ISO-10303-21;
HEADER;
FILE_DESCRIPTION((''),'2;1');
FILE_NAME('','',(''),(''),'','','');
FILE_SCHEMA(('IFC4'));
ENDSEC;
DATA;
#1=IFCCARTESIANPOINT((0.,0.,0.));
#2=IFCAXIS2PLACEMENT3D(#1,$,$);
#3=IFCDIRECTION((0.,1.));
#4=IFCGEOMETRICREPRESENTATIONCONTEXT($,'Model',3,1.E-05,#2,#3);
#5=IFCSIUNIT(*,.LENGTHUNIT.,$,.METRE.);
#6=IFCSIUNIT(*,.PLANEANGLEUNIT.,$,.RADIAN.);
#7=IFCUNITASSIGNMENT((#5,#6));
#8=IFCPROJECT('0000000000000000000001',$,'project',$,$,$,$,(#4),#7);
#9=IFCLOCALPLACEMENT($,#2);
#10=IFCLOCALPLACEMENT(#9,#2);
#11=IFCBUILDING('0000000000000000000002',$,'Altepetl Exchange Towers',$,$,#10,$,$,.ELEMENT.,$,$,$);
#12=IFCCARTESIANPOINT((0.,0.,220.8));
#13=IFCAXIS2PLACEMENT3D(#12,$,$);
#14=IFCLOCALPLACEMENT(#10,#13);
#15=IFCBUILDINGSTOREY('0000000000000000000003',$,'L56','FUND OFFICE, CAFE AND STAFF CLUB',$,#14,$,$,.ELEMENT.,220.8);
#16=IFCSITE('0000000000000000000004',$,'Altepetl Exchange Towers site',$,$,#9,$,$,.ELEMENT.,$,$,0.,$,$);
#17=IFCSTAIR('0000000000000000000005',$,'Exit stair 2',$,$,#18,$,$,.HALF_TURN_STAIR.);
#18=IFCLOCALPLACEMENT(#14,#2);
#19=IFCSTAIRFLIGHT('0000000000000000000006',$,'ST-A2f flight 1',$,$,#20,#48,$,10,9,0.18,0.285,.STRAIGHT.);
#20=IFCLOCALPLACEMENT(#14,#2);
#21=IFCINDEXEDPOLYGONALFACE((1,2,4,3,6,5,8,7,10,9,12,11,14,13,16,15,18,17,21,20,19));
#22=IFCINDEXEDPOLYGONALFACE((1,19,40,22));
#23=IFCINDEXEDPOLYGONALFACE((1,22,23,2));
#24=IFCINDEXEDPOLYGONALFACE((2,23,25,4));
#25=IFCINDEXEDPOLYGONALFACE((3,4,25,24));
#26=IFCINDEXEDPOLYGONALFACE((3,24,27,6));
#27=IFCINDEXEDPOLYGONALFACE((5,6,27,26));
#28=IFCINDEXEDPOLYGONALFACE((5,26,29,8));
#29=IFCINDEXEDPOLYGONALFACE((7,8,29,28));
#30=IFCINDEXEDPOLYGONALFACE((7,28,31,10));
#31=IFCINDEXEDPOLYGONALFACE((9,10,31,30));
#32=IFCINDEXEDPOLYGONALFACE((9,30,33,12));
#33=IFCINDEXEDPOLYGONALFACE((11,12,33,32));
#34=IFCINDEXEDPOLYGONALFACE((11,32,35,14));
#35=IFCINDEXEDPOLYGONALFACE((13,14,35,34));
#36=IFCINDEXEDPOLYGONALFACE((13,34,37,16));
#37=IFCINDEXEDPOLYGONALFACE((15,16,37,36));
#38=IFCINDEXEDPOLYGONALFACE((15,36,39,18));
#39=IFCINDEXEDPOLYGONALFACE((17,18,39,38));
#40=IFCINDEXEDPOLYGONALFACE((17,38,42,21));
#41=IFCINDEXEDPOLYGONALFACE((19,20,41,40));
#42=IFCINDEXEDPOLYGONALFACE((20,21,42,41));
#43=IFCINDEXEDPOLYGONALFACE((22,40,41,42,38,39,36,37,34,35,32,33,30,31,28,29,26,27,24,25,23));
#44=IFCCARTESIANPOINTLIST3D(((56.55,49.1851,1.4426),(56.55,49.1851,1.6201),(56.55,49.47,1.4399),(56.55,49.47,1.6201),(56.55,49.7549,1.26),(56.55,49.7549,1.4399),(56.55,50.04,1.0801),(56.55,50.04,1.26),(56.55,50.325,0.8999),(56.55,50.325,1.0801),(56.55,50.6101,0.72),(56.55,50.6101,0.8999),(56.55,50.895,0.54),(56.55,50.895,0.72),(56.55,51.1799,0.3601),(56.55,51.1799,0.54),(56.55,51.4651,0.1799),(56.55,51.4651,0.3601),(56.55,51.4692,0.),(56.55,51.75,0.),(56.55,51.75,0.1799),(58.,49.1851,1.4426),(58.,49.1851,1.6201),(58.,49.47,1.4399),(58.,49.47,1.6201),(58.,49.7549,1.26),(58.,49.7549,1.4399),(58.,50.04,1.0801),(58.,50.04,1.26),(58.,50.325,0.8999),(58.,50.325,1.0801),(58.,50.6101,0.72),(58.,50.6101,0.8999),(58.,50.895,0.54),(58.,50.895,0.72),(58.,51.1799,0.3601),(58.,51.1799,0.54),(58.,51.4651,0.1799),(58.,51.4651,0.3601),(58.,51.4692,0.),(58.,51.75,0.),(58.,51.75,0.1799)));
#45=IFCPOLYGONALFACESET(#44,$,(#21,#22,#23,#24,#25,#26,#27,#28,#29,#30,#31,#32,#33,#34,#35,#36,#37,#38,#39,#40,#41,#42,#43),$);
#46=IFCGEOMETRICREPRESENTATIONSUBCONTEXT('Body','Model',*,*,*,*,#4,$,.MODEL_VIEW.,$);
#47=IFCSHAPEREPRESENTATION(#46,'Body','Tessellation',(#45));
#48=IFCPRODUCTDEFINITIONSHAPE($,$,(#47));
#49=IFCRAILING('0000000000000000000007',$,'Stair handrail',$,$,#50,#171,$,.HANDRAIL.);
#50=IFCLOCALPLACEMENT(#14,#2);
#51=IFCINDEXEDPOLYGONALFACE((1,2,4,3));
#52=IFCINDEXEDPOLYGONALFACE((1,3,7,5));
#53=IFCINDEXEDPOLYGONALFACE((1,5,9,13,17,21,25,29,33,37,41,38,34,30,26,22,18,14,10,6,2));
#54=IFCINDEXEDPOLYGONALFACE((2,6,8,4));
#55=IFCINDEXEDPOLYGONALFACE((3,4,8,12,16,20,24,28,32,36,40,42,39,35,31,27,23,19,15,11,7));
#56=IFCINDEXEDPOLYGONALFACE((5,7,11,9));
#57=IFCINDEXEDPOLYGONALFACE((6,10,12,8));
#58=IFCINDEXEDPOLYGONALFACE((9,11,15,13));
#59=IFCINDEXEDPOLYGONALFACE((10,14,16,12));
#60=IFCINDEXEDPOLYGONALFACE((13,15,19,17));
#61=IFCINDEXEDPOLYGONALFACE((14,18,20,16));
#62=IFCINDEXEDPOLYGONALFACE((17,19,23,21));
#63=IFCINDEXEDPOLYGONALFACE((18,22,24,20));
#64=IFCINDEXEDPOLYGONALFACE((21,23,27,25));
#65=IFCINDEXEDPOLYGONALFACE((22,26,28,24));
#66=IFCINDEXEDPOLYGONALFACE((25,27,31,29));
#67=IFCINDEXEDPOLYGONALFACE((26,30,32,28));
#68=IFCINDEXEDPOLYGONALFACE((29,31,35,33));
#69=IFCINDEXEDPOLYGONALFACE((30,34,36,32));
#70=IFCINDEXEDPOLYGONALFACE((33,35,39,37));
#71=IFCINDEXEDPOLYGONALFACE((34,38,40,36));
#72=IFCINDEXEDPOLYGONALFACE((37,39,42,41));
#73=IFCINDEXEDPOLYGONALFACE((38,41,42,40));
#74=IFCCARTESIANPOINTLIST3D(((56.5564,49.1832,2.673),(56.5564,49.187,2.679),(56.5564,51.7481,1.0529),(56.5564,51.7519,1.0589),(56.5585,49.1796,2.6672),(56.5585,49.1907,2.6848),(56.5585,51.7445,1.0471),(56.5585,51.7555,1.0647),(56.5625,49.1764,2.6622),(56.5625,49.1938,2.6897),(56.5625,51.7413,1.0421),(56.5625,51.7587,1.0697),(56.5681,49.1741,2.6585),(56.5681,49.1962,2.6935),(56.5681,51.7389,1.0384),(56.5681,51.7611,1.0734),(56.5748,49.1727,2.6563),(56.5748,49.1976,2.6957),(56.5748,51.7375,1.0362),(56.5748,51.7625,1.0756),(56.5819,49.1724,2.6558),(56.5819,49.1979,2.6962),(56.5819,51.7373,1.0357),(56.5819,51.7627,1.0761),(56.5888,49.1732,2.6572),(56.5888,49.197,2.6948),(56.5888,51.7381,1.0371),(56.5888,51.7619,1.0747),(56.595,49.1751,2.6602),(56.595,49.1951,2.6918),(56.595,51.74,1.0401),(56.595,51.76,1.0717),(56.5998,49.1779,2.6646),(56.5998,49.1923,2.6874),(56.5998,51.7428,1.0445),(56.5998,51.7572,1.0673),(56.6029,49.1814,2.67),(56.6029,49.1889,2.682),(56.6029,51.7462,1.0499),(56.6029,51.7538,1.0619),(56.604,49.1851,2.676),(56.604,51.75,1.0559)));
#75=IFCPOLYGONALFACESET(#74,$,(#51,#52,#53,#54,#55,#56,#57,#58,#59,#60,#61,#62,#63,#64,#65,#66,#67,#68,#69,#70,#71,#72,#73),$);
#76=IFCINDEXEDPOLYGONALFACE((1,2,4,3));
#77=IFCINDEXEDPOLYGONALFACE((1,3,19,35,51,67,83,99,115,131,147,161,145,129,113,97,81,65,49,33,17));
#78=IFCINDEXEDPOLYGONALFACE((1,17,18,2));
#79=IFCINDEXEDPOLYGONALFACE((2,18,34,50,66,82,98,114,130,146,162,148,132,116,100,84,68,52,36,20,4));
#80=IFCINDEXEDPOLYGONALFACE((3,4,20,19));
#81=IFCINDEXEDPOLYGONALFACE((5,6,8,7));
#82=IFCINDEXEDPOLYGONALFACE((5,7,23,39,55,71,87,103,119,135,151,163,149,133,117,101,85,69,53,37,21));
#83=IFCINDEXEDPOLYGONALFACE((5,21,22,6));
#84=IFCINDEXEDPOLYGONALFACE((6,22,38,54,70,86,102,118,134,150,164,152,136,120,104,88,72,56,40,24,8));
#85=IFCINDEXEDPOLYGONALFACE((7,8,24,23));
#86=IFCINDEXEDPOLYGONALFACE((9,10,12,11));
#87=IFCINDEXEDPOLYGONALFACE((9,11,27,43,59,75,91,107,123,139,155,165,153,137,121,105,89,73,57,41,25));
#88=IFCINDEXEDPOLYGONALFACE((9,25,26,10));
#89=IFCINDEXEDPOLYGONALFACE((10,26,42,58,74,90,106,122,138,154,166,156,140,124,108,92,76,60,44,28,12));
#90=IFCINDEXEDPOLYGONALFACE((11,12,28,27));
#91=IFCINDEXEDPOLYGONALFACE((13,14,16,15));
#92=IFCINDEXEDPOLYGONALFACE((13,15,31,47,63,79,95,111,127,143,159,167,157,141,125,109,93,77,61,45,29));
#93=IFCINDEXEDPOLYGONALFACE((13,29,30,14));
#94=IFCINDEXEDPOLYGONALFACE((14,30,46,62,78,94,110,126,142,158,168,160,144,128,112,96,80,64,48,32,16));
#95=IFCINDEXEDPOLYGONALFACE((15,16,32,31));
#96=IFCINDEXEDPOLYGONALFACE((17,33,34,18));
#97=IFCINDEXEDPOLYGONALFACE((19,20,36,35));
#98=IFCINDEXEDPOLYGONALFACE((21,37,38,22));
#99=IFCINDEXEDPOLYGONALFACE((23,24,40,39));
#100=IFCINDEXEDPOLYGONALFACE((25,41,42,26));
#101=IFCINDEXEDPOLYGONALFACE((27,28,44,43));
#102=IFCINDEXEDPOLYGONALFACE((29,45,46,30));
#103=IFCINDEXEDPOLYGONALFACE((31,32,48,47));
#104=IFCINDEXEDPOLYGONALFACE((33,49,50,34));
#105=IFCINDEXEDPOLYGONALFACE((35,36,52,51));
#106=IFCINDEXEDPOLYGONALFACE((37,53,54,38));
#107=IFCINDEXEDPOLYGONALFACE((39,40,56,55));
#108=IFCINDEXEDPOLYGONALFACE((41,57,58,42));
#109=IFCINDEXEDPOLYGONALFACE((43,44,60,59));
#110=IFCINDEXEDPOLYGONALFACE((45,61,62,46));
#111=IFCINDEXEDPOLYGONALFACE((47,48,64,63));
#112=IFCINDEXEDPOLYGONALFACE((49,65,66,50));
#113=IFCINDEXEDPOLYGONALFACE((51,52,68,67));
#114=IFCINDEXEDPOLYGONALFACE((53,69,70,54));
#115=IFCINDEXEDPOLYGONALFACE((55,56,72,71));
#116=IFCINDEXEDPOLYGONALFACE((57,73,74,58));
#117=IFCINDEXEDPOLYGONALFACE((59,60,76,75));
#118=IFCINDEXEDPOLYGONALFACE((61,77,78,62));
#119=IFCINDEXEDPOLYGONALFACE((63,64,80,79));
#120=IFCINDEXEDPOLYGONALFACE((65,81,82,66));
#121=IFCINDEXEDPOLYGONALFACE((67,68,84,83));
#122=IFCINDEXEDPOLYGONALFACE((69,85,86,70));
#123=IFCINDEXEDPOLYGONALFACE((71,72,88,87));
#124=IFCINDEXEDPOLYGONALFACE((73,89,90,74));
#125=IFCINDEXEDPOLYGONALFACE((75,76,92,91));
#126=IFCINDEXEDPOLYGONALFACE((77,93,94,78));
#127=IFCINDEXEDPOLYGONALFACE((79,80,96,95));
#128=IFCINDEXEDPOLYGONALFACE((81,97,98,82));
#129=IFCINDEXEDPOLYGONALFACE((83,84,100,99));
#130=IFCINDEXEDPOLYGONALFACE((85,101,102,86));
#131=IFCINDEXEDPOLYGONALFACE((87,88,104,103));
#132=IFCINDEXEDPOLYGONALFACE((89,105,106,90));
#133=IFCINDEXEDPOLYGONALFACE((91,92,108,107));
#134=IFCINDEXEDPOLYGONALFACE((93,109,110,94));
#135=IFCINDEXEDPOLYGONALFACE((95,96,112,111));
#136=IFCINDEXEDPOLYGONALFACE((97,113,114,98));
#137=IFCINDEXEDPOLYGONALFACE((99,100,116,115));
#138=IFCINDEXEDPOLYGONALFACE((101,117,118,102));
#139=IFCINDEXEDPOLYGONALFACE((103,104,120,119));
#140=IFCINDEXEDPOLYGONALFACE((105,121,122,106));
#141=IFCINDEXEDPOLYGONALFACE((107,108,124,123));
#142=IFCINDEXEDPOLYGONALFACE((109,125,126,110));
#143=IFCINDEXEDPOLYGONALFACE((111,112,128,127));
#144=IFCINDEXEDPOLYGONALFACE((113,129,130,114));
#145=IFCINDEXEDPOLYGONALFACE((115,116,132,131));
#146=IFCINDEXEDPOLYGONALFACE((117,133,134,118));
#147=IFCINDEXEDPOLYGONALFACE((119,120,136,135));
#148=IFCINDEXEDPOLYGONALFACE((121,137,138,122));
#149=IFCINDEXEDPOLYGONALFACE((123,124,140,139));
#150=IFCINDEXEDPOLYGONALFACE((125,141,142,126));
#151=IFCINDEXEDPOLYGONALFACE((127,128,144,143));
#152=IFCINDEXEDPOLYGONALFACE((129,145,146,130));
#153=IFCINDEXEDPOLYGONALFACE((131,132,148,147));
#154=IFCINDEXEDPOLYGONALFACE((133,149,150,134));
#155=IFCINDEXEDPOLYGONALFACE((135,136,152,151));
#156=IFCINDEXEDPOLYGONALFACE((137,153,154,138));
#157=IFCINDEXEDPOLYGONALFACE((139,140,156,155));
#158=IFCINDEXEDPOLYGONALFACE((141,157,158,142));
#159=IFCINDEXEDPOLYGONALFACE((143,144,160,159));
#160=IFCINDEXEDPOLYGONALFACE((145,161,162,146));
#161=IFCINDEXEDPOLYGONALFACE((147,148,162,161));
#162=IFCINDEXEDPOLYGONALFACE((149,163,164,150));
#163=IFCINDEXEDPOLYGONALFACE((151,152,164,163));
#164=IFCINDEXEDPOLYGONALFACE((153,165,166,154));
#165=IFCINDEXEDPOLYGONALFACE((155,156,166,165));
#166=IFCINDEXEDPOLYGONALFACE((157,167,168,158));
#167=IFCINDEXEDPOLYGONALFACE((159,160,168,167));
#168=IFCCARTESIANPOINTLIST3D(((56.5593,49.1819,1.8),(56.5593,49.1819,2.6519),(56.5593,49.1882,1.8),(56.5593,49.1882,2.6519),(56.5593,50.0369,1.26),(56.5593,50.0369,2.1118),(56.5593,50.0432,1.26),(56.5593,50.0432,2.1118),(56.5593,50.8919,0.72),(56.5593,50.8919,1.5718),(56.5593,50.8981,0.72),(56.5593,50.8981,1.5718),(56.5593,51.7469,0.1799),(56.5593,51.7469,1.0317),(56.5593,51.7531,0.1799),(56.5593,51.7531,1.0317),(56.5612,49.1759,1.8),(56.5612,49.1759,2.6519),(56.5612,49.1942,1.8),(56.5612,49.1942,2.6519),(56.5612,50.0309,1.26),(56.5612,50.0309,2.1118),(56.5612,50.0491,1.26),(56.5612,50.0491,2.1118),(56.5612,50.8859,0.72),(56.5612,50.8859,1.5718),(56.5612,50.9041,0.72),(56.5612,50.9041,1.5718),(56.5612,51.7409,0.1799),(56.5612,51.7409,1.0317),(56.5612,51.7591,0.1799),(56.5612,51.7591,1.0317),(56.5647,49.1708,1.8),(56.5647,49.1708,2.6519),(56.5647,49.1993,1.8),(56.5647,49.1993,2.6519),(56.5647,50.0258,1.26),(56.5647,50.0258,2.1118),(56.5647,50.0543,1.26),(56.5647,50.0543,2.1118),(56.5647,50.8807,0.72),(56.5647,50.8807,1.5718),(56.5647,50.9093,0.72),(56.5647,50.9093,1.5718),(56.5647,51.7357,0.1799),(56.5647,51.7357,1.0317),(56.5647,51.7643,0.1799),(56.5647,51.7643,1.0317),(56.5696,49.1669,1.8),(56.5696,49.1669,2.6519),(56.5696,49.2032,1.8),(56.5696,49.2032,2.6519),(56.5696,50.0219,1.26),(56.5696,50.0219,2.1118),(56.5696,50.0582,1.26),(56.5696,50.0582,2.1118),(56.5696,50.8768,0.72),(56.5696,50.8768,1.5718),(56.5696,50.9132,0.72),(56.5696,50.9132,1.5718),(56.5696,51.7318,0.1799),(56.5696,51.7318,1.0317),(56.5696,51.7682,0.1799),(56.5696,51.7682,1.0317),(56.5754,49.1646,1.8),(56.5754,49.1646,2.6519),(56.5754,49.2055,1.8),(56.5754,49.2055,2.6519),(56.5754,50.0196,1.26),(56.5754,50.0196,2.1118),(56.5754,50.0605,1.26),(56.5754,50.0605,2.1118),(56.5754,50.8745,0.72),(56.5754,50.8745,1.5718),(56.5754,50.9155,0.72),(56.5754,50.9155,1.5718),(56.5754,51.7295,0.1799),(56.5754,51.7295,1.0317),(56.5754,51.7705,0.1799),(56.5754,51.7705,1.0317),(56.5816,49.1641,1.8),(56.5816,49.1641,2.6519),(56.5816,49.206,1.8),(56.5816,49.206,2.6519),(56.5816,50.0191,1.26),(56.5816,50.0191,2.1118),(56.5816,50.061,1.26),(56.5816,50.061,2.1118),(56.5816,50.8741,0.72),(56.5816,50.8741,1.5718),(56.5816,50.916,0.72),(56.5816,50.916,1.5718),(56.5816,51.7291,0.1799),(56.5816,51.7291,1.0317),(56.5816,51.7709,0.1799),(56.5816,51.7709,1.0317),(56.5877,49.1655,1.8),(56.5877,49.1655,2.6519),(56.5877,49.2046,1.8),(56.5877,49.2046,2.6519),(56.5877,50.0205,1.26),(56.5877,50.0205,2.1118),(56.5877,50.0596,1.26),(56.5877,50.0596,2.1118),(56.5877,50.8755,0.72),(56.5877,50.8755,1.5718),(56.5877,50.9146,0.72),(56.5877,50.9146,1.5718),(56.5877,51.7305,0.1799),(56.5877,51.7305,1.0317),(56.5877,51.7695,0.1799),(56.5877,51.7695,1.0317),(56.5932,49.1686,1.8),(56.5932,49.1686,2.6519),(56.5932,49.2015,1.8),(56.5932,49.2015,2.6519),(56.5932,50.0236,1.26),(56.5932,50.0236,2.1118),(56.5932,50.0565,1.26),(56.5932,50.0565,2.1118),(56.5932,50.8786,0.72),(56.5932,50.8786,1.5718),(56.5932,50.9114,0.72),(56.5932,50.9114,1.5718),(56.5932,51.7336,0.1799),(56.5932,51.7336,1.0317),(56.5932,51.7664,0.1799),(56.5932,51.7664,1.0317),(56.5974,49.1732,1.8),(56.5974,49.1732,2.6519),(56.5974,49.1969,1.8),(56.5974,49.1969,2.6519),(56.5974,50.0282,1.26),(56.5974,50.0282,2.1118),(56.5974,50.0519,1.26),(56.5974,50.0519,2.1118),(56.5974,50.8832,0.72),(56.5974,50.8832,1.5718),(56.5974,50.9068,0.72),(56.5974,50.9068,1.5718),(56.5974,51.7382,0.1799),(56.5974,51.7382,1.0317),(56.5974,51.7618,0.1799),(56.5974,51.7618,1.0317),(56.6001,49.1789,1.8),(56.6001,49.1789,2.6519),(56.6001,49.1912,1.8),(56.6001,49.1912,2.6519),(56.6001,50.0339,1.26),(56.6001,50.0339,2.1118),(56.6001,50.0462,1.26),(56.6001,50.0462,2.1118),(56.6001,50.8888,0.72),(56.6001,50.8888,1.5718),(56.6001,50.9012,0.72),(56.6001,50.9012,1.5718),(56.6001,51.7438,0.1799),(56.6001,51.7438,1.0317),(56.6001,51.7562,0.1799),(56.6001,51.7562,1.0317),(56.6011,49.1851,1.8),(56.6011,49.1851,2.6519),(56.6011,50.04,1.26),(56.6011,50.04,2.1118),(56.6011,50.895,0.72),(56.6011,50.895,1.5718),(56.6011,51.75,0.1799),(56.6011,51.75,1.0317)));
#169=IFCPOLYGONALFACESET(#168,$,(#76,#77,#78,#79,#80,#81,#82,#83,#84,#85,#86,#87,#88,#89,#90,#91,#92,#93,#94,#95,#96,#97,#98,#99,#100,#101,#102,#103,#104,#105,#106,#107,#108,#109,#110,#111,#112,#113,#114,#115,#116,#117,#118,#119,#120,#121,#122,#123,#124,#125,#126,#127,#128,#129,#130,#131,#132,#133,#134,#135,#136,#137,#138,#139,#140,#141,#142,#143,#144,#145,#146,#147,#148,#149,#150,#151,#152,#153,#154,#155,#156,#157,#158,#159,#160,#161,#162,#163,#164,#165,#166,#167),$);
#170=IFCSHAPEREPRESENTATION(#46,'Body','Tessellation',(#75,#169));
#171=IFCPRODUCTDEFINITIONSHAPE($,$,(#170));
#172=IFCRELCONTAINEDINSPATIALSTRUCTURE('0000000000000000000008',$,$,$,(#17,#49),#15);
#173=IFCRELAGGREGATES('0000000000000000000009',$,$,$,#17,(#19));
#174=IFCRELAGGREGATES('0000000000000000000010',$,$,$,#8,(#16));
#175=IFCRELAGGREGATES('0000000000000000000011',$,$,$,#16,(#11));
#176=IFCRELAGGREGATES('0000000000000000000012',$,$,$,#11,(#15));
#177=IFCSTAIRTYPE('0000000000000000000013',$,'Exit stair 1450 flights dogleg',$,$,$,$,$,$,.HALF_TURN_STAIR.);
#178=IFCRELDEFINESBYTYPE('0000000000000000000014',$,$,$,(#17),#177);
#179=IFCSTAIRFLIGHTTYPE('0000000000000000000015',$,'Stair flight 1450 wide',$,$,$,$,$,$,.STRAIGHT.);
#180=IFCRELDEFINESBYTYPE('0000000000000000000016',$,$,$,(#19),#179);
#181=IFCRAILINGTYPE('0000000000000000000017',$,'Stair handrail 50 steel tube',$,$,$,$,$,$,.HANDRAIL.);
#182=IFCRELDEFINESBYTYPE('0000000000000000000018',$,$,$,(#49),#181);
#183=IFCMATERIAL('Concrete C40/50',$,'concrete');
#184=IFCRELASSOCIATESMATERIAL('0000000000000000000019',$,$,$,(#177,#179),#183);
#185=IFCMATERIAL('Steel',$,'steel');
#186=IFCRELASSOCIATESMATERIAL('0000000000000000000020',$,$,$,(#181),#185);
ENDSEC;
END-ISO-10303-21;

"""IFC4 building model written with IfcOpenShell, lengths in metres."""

from ifc_helpers import new_model, si_unit, direction, frame, origin, origin_2d, place, context, subcontext, project, spatial, polyline, circle, outline, extrude, source, transform, mapped, material, type_object, element, aggregate, save


model = new_model("IFC4")

# Units and contexts
model_context = context("Model", 3, precision=1e-05, world=origin(), true_north=direction((0.0, 1.0)))
body_context = subcontext(model_context, "Body", "Model", "MODEL_VIEW")
ifc_project = project(units=[si_unit("LENGTHUNIT", "METRE"), si_unit("PLANEANGLEUNIT", "RADIAN")], contexts=[model_context])

# Site, building, storey
site_placement = place(None, origin())
site = spatial("IfcSite", under=ifc_project, at=site_placement, Name="Altepetl Exchange Towers site", CompositionType="ELEMENT", RefElevation=0.0)
building_placement = place(site_placement, origin())
building = spatial("IfcBuilding", under=site, at=building_placement, Name="Altepetl Exchange Towers", CompositionType="ELEMENT")
storey_placement = place(building_placement, frame((0.0, 0.0, 220.8)))
storey = spatial("IfcBuildingStorey", under=building, at=storey_placement, Name="L56", Description="FUND OFFICE, CAFE AND STAFF CLUB", CompositionType="ELEMENT", Elevation=220.8)

# Shared definitions
ifc_material_1 = material(Name="Concrete C40/50", Category="concrete")

# Stair, stair flight
stair_type = type_object("IfcStairType", Name="Exit stair 1450 flights dogleg", PredefinedType="HALF_TURN_STAIR", material=ifc_material_1)
stair_placement = place(storey_placement, origin())
stair = element("IfcStair", 1, at=stair_placement, inside=storey, type_object=stair_type, Name="Exit stair 2", PredefinedType="HALF_TURN_STAIR")
stair_flight_type = type_object("IfcStairFlightType", Name="Stair flight 1450 wide", PredefinedType="STRAIGHT", material=ifc_material_1)
stair_flight_placement = place(storey_placement, frame((57.2749, 51.75, 0.0), z_axis=(0.0, 0.0, 1.0), x_axis=(0.0, -1.0, 0.0)))
stair_flight = element("IfcStairFlight", 2, at=stair_flight_placement, type_object=stair_flight_type, Name="ST-A2f flight 1", NumberOfRisers=10, NumberOfTreads=9, PredefinedType="STRAIGHT", RiserHeight=0.18, TreadLength=0.285, context=body_context, shape_type="SweptSolid", body=[
    extrude(outline(polyline([(0.0, 0.0), (0.0, 0.1799), (0.2849, 0.1799), (0.2849, 0.3601), (0.5701, 0.3601), (0.5701, 0.54), (0.855, 0.54), (0.855, 0.72), (1.1399, 0.72), (1.1399, 0.8999), (1.425, 0.8999), (1.425, 1.0801), (1.71, 1.0801), (1.71, 1.26), (1.9951, 1.26), (1.9951, 1.4399), (2.28, 1.4399), (2.28, 1.6201), (2.5649, 1.6201), (2.5649, 1.8), (2.5649, 1.4426), (0.2808, 0.0), (0.0, 0.0)])), frame((0.0, 0.7251, 0.0), z_axis=(0.0, -1.0, 0.0), x_axis=(1.0, 0.0, 0.0)), (0.0, 0.0, 1.0), 1.45),
])
aggregate(stair, [stair_flight])

# Railing
ifc_material_2 = material(Name="Steel", Category="steel")
railing_type = type_object("IfcRailingType", Name="Stair handrail 50 steel tube", PredefinedType="HANDRAIL", material=ifc_material_2)
shared_shape = source(origin(), body_context, "Body", "SweptSolid", [
    extrude(circle(Radius=0.021, at=origin_2d()), origin(), (0.0, 0.0, 1.0), 0.8518),
])
railing_placement = place(storey_placement, frame((56.5801, 51.75, 0.1799)))
element("IfcRailing", 3, at=railing_placement, inside=storey, type_object=railing_type, Name="Stair handrail", PredefinedType="HANDRAIL", context=body_context, shape_type="SweptSolid", body=[
    extrude(circle(Radius=0.0239, at=origin_2d()), frame((0.0, 0.0, 0.876), z_axis=(0.0, -0.845466, 0.534029), x_axis=(1.0, 0.0, 0.0)), (0.0, 0.0, 1.0), 3.0337),
    mapped(shared_shape, transform((0.0, 0.0, 0.0))),
    mapped(shared_shape, transform((0.0, -0.855, 0.54))),
    mapped(shared_shape, transform((0.0, -1.71, 1.0801))),
    mapped(shared_shape, transform((0.0, -2.5649, 1.6201))),
])

save(model, "model.ifc")
